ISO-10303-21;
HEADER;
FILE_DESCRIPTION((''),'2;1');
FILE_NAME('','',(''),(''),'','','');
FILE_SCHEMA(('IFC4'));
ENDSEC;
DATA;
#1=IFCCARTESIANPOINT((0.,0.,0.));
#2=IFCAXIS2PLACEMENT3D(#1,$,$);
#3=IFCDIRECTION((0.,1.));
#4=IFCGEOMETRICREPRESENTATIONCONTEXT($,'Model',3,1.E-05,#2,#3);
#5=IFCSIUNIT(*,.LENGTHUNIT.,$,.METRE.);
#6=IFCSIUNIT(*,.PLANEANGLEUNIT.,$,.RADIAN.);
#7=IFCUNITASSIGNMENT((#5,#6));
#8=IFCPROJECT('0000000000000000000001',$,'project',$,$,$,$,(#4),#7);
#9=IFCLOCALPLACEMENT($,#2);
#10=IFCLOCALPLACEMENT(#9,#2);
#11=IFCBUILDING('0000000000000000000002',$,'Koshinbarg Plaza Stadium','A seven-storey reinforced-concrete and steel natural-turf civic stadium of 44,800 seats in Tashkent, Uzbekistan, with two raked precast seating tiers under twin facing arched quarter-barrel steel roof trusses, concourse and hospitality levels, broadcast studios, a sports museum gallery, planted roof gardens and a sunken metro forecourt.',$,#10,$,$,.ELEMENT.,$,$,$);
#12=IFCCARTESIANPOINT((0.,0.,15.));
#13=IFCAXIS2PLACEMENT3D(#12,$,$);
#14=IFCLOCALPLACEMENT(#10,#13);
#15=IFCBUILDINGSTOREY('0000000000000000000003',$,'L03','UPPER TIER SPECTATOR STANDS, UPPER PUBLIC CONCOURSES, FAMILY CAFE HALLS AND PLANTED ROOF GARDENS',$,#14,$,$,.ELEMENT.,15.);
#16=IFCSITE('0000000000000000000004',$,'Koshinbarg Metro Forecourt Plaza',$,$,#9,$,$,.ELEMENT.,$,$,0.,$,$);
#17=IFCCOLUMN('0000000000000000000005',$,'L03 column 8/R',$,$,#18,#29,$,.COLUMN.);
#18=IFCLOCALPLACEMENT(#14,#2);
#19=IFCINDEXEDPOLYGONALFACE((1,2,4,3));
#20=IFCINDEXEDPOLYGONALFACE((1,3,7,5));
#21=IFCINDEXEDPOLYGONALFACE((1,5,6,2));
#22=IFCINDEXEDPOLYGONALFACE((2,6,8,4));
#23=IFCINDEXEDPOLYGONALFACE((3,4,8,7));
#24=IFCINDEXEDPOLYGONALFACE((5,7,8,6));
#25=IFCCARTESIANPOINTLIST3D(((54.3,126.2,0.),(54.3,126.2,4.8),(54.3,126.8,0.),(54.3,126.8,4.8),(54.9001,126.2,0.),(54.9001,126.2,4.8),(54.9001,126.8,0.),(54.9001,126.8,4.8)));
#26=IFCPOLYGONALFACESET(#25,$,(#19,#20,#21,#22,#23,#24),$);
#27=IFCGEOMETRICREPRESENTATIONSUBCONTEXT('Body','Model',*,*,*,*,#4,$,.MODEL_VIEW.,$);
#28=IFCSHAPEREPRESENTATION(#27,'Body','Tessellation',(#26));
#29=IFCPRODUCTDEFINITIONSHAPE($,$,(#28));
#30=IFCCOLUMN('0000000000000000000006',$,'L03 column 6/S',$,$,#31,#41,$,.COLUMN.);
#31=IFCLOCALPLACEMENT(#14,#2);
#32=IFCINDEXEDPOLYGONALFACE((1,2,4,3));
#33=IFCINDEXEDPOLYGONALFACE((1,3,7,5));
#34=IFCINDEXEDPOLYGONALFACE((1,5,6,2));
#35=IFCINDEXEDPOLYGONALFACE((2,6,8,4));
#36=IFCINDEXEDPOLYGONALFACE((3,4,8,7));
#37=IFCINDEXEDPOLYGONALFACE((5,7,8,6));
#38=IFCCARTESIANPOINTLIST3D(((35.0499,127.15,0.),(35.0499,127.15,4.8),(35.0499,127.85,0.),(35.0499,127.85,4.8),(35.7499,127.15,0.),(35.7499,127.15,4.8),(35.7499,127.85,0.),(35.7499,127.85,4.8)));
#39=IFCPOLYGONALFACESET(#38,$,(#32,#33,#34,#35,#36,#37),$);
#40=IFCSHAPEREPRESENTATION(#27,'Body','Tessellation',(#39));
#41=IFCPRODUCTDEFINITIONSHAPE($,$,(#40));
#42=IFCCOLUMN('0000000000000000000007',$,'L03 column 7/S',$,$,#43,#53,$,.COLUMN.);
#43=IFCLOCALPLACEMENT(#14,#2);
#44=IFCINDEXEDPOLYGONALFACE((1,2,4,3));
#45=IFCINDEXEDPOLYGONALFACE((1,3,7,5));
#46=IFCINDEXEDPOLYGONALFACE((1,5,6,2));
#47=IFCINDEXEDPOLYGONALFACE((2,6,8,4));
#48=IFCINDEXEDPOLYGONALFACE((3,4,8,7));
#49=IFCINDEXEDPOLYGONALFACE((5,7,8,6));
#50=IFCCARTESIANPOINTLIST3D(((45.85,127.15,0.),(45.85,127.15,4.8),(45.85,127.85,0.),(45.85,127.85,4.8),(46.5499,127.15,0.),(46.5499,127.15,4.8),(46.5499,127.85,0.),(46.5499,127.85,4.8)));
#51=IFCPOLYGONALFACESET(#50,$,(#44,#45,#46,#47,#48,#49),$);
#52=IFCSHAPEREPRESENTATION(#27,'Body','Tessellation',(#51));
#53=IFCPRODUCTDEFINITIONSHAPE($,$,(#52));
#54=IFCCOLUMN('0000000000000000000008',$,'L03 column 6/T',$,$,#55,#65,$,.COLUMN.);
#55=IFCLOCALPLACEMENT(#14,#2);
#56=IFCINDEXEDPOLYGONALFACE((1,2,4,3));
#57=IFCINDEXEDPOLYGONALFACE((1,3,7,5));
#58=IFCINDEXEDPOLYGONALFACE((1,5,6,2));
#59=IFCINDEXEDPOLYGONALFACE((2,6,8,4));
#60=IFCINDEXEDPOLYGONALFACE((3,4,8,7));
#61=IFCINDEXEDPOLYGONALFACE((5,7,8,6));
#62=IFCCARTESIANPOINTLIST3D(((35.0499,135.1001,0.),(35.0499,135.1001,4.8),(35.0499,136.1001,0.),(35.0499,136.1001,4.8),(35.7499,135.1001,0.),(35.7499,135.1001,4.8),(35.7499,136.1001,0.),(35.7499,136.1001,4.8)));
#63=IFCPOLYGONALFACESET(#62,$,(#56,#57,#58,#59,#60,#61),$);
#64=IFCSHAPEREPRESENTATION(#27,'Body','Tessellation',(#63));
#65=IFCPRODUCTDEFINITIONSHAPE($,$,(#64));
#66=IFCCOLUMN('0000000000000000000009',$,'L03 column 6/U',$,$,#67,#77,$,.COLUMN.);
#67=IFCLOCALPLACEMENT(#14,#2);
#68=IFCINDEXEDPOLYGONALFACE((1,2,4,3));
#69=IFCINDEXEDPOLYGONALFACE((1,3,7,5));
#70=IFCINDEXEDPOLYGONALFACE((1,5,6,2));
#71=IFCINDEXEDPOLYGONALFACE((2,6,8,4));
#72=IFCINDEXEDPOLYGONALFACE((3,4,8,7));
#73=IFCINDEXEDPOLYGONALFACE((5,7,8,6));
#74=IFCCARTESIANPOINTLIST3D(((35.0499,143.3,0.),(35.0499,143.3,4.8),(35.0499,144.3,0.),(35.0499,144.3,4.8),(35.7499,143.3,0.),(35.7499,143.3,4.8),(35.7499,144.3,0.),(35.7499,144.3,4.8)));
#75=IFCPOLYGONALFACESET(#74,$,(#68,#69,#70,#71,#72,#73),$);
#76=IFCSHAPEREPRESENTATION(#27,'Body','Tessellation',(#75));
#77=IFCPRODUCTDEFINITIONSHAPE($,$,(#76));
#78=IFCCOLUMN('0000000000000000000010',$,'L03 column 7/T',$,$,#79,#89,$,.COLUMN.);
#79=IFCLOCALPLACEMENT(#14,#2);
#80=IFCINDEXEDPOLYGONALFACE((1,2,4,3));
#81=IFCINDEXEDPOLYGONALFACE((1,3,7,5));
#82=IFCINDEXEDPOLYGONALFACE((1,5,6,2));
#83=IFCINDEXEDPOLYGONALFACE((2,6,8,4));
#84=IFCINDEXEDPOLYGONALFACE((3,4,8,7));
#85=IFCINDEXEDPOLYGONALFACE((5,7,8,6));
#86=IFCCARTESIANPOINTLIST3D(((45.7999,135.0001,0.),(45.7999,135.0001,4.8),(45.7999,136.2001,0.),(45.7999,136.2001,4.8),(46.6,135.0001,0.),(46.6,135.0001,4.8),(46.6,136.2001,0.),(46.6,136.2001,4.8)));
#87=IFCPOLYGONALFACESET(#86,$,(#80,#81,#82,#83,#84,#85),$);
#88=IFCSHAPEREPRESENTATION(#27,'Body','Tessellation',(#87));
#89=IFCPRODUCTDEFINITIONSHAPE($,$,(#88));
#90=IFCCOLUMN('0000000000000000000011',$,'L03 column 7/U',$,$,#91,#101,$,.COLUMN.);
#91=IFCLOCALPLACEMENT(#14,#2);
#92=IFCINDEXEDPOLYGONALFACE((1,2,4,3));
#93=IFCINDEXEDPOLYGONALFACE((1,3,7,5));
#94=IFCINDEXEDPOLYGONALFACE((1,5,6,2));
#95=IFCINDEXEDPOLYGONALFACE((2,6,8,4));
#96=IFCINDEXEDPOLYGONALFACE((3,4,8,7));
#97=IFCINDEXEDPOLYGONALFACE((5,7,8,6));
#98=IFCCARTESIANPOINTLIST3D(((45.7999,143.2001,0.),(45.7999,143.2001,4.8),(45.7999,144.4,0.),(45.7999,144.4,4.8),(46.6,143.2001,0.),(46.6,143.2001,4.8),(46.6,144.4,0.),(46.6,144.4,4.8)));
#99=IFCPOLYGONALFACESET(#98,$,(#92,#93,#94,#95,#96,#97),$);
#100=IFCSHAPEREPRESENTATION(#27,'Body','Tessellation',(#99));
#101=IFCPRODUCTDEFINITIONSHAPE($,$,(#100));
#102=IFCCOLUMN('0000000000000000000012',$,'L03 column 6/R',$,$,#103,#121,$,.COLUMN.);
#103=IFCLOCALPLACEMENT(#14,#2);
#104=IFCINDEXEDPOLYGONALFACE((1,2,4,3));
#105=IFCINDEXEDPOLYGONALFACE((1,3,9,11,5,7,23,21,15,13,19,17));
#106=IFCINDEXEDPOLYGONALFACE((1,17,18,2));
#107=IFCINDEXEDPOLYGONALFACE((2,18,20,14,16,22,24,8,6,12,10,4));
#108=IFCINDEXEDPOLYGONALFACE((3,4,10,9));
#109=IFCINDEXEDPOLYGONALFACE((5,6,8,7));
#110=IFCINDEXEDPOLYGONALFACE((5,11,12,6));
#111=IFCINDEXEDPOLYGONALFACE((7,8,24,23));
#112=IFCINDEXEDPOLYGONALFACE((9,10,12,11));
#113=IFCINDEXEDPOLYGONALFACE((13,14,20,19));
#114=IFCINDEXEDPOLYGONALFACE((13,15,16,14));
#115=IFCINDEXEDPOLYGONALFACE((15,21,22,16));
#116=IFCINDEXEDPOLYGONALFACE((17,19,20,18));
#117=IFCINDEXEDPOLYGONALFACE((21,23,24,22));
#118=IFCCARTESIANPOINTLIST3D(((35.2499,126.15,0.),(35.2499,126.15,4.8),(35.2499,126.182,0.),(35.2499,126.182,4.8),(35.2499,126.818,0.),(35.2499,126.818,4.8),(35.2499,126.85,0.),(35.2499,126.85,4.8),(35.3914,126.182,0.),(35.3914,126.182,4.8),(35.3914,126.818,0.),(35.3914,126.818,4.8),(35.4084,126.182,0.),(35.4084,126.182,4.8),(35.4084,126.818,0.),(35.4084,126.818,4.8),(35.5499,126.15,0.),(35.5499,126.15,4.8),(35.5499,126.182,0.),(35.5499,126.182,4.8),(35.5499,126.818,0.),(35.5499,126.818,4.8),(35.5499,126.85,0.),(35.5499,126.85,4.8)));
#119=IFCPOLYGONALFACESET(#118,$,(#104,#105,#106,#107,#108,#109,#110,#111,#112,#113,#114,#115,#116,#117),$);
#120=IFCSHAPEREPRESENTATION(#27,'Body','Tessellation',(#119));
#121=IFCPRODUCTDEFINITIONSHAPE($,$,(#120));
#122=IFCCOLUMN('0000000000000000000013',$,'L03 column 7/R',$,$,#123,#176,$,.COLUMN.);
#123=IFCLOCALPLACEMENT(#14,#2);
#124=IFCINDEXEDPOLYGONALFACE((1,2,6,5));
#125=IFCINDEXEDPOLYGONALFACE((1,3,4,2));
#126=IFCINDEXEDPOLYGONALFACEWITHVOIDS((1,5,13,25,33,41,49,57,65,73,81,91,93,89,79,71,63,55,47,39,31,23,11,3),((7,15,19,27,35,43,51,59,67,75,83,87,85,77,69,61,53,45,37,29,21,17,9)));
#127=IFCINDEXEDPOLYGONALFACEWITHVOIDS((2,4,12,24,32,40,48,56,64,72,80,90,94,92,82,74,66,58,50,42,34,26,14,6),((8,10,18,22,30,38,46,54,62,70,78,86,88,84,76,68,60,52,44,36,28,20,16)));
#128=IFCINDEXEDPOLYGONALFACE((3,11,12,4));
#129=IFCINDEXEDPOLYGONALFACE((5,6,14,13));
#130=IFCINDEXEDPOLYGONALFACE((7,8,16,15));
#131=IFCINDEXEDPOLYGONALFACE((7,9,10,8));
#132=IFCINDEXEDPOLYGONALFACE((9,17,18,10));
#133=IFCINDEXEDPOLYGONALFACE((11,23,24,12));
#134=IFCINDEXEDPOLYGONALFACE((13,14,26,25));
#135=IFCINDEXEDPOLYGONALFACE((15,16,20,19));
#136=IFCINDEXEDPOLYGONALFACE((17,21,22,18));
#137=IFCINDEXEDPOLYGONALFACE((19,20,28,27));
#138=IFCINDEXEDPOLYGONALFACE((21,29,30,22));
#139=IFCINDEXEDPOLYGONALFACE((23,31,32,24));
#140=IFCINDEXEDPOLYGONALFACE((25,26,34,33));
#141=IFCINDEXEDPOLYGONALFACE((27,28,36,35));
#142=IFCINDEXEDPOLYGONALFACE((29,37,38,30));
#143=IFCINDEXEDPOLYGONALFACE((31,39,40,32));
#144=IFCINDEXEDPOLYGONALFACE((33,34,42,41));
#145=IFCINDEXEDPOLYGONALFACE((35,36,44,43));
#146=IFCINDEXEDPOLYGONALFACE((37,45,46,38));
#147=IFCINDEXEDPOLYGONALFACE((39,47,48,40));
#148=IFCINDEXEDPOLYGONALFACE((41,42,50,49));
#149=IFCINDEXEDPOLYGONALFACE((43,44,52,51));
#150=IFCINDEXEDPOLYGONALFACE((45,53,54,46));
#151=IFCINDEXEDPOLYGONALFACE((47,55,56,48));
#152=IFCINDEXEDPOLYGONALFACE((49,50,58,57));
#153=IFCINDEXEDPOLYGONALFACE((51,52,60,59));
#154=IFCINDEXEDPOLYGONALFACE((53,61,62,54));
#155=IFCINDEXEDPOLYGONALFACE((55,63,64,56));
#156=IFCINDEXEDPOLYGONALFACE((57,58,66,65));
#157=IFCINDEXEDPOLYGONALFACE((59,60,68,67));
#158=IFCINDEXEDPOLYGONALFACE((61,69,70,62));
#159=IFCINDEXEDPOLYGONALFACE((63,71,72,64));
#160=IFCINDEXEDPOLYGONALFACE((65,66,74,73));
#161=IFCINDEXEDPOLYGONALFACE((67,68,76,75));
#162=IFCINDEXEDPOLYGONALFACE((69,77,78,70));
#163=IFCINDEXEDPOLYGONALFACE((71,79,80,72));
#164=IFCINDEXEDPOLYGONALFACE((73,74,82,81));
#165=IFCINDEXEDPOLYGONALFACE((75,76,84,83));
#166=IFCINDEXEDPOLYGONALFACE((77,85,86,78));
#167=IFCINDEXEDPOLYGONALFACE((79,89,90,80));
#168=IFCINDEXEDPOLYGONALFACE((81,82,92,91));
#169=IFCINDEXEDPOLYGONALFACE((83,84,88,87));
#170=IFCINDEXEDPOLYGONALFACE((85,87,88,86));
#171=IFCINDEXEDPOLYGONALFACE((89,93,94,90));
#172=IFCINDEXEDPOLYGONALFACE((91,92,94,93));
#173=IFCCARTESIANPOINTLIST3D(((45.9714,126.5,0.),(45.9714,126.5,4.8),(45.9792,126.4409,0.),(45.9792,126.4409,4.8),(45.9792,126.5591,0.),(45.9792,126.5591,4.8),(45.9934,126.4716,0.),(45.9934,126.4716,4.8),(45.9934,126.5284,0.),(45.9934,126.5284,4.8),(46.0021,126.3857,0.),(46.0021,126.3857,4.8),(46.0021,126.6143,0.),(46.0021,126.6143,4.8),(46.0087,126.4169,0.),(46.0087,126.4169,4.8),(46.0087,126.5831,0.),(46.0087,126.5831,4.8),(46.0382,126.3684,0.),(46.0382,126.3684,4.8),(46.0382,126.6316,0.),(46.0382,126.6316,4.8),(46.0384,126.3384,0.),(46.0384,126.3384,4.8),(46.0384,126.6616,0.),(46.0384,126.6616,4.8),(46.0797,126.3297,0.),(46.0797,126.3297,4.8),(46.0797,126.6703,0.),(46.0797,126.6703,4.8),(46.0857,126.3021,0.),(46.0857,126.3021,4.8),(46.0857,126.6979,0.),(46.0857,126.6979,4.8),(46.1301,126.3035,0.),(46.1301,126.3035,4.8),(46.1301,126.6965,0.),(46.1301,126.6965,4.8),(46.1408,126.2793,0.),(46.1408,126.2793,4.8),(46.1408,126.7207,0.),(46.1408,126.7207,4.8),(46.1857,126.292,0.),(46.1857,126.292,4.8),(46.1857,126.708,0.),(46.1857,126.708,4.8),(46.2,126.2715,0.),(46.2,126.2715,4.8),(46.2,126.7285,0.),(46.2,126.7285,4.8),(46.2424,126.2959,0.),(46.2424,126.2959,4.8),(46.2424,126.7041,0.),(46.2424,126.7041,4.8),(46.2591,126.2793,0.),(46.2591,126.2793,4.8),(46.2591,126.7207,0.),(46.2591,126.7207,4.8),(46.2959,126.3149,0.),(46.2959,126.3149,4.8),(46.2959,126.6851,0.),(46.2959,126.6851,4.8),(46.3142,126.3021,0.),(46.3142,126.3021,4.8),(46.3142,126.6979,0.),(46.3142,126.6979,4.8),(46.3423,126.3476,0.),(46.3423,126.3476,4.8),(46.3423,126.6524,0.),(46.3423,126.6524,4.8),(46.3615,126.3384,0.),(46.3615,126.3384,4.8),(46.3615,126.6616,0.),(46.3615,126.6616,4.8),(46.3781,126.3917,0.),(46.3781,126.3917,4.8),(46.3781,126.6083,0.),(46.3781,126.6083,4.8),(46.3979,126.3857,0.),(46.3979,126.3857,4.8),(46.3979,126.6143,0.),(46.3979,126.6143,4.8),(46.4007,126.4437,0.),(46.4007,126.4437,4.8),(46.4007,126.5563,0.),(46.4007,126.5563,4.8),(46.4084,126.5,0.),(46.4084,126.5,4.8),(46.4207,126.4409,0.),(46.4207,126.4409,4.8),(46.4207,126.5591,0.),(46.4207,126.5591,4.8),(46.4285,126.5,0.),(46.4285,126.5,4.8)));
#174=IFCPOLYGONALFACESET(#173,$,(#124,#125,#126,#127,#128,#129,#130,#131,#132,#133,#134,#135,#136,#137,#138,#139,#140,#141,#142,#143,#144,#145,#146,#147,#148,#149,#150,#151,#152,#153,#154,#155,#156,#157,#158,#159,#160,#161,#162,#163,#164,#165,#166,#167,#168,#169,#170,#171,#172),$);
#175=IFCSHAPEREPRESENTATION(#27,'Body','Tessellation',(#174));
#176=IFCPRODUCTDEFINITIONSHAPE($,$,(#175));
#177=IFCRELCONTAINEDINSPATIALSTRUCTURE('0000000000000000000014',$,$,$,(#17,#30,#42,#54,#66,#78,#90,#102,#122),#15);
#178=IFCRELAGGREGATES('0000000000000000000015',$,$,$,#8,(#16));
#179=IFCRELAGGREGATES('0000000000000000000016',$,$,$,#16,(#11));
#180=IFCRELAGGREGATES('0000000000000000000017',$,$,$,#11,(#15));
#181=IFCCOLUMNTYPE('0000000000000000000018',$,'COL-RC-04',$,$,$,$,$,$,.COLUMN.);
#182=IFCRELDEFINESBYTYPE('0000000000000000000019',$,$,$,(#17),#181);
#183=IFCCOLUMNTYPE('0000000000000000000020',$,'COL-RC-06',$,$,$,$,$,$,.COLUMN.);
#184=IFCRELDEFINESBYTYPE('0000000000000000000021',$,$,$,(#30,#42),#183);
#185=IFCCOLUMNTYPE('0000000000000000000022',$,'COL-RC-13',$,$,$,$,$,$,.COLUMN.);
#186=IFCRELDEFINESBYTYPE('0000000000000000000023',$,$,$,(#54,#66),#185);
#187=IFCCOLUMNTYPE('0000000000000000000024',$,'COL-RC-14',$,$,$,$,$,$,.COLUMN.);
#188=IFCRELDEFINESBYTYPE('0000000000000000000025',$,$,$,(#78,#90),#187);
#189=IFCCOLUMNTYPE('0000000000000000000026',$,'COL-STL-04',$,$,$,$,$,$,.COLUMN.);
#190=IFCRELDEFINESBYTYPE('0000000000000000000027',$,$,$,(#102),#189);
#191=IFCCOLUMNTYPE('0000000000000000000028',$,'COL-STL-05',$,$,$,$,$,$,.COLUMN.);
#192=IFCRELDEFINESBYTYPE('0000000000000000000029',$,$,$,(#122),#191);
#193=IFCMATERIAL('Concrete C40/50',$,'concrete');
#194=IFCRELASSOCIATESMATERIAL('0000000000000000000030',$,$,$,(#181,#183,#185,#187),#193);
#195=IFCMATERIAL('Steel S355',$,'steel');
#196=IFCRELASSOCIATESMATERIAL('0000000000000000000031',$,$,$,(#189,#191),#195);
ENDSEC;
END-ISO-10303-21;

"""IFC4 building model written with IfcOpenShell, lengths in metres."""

from ifc_helpers import new_model, si_unit, direction, frame, origin, origin_2d, place, context, subcontext, project, spatial, rectangle, hollow_circle, i_section, extrude, material, material_profile, profile_set, type_object, element, save


model = new_model("IFC4")

# Units and contexts
model_context = context("Model", 3, precision=1e-05, world=origin(), true_north=direction((0.0, 1.0)))
body_context = subcontext(model_context, "Body", "Model", "MODEL_VIEW")
ifc_project = project(units=[si_unit("LENGTHUNIT", "METRE"), si_unit("PLANEANGLEUNIT", "RADIAN")], contexts=[model_context])

# Site, building, storey
site_placement = place(None, origin())
site = spatial("IfcSite", under=ifc_project, at=site_placement, Name="Koshinbarg Metro Forecourt Plaza", CompositionType="ELEMENT", RefElevation=0.0)
building_placement = place(site_placement, origin())
building = spatial("IfcBuilding", under=site, at=building_placement, Name="Koshinbarg Plaza Stadium", Description="A seven-storey reinforced-concrete and steel natural-turf civic stadium of 44,800 seats in Tashkent, Uzbekistan, with two raked precast seating tiers under twin facing arched quarter-barrel steel roof trusses, concourse and hospitality levels, broadcast studios, a sports museum gallery, planted roof gardens and a sunken metro forecourt.", CompositionType="ELEMENT")
storey_placement = place(building_placement, frame((0.0, 0.0, 15.0)))
storey = spatial("IfcBuildingStorey", under=building, at=storey_placement, Name="L03", Description="UPPER TIER SPECTATOR STANDS, UPPER PUBLIC CONCOURSES, FAMILY CAFE HALLS AND PLANTED ROOF GARDENS", CompositionType="ELEMENT", Elevation=15.0)

# Columns
ifc_material_1 = material(Name="Concrete C40/50", Category="concrete")
ifc_material_profile_1 = material_profile(ifc_material_1, rectangle(XDim=0.6001, YDim=0.6001, at=origin_2d()), Name="RC 600x600")
ifc_profile_set_1 = profile_set([ifc_material_profile_1], Name="Concrete C40/50")
column_type_1 = type_object("IfcColumnType", Name="COL-RC-04", PredefinedType="COLUMN", material=ifc_profile_set_1)
column_1_placement = place(storey_placement, frame((54.6001, 126.5, 0.0), z_axis=(0.0, 0.0, 1.0), x_axis=(1.0, 0.0, 0.0)))
element("IfcColumn", 1, at=column_1_placement, inside=storey, type_object=column_type_1, Name="L03 column 8/R", PredefinedType="COLUMN", context=body_context, shape_type="SweptSolid", body=[
    extrude(rectangle(XDim=0.6001, YDim=0.6001, at=origin_2d()), origin(), (0.0, 0.0, 1.0), 4.8),
])
ifc_material_profile_2 = material_profile(ifc_material_1, rectangle(XDim=0.7, YDim=0.7, at=origin_2d()), Name="RC 700x700")
ifc_profile_set_2 = profile_set([ifc_material_profile_2], Name="Concrete C40/50")
column_type_2 = type_object("IfcColumnType", Name="COL-RC-06", PredefinedType="COLUMN", material=ifc_profile_set_2)
for number, where, z_axis, x_axis, name in (
    (2, (35.3999, 127.5, 0.0), (0.0, 0.0, 1.0), (1.0, 0.0, 0.0), "L03 column 6/S"),
    (3, (46.2, 127.5, 0.0), (0.0, 0.0, 1.0), (1.0, 0.0, 0.0), "L03 column 7/S"),
):
    element("IfcColumn", number, at=place(storey_placement, frame(where, z_axis=z_axis, x_axis=x_axis)), inside=storey, type_object=column_type_2, Name=name, PredefinedType="COLUMN", context=body_context, shape_type="SweptSolid", body=[
        extrude(rectangle(XDim=0.7, YDim=0.7, at=origin_2d()), origin(), (0.0, 0.0, 1.0), 4.8),
    ])
ifc_material_profile_3 = material_profile(ifc_material_1, rectangle(XDim=0.7, YDim=1.0, at=origin_2d()), Name="RC 700x1000")
ifc_profile_set_3 = profile_set([ifc_material_profile_3], Name="Concrete C40/50")
column_type_3 = type_object("IfcColumnType", Name="COL-RC-13", PredefinedType="COLUMN", material=ifc_profile_set_3)
for number, where, z_axis, x_axis, name in (
    (4, (35.3999, 135.6001, 0.0), (0.0, 0.0, 1.0), (1.0, 0.0, 0.0), "L03 column 6/T"),
    (5, (35.3999, 143.8, 0.0), (0.0, 0.0, 1.0), (1.0, 0.0, 0.0), "L03 column 6/U"),
):
    element("IfcColumn", number, at=place(storey_placement, frame(where, z_axis=z_axis, x_axis=x_axis)), inside=storey, type_object=column_type_3, Name=name, PredefinedType="COLUMN", context=body_context, shape_type="SweptSolid", body=[
        extrude(rectangle(XDim=0.7, YDim=1.0, at=origin_2d()), origin(), (0.0, 0.0, 1.0), 4.8),
    ])
ifc_material_profile_4 = material_profile(ifc_material_1, rectangle(XDim=0.8, YDim=1.2, at=origin_2d()), Name="RC 800x1200")
ifc_profile_set_4 = profile_set([ifc_material_profile_4], Name="Concrete C40/50")
column_type_4 = type_object("IfcColumnType", Name="COL-RC-14", PredefinedType="COLUMN", material=ifc_profile_set_4)
for number, where, z_axis, x_axis, name in (
    (6, (46.2, 135.6001, 0.0), (0.0, 0.0, 1.0), (1.0, 0.0, 0.0), "L03 column 7/T"),
    (7, (46.2, 143.8, 0.0), (0.0, 0.0, 1.0), (1.0, 0.0, 0.0), "L03 column 7/U"),
):
    element("IfcColumn", number, at=place(storey_placement, frame(where, z_axis=z_axis, x_axis=x_axis)), inside=storey, type_object=column_type_4, Name=name, PredefinedType="COLUMN", context=body_context, shape_type="SweptSolid", body=[
        extrude(rectangle(XDim=0.8, YDim=1.2, at=origin_2d()), origin(), (0.0, 0.0, 1.0), 4.8),
    ])
ifc_material_2 = material(Name="Steel S355", Category="steel")
ifc_material_profile_5 = material_profile(ifc_material_2, i_section(OverallWidth=0.3, OverallDepth=0.7, WebThickness=0.0171, FlangeThickness=0.032, at=origin_2d()), Name="HEB 700")
ifc_profile_set_5 = profile_set([ifc_material_profile_5], Name="Steel S355")
column_type_5 = type_object("IfcColumnType", Name="COL-STL-04", PredefinedType="COLUMN", material=ifc_profile_set_5)
column_2_placement = place(storey_placement, frame((35.3999, 126.5, 0.0), z_axis=(0.0, 0.0, 1.0), x_axis=(1.0, 0.0, 0.0)))
element("IfcColumn", 8, at=column_2_placement, inside=storey, type_object=column_type_5, Name="L03 column 6/R", PredefinedType="COLUMN", context=body_context, shape_type="SweptSolid", body=[
    extrude(i_section(OverallWidth=0.3, OverallDepth=0.7, WebThickness=0.0171, FlangeThickness=0.032, at=origin_2d()), origin(), (0.0, 0.0, 1.0), 4.8),
])
ifc_material_profile_6 = material_profile(ifc_material_2, hollow_circle(Radius=0.2285, WallThickness=0.02, at=origin_2d()), Name="CHS 457x20")
ifc_profile_set_6 = profile_set([ifc_material_profile_6], Name="Steel S355")
column_type_6 = type_object("IfcColumnType", Name="COL-STL-05", PredefinedType="COLUMN", material=ifc_profile_set_6)
column_3_placement = place(storey_placement, frame((46.2, 126.5, 0.0), z_axis=(0.0, 0.0, 1.0), x_axis=(1.0, 0.0, 0.0)))
element("IfcColumn", 9, at=column_3_placement, inside=storey, type_object=column_type_6, Name="L03 column 7/R", PredefinedType="COLUMN", context=body_context, shape_type="SweptSolid", body=[
    extrude(hollow_circle(Radius=0.2285, WallThickness=0.02, at=origin_2d()), origin(), (0.0, 0.0, 1.0), 4.8),
])

save(model, "model.ifc")
